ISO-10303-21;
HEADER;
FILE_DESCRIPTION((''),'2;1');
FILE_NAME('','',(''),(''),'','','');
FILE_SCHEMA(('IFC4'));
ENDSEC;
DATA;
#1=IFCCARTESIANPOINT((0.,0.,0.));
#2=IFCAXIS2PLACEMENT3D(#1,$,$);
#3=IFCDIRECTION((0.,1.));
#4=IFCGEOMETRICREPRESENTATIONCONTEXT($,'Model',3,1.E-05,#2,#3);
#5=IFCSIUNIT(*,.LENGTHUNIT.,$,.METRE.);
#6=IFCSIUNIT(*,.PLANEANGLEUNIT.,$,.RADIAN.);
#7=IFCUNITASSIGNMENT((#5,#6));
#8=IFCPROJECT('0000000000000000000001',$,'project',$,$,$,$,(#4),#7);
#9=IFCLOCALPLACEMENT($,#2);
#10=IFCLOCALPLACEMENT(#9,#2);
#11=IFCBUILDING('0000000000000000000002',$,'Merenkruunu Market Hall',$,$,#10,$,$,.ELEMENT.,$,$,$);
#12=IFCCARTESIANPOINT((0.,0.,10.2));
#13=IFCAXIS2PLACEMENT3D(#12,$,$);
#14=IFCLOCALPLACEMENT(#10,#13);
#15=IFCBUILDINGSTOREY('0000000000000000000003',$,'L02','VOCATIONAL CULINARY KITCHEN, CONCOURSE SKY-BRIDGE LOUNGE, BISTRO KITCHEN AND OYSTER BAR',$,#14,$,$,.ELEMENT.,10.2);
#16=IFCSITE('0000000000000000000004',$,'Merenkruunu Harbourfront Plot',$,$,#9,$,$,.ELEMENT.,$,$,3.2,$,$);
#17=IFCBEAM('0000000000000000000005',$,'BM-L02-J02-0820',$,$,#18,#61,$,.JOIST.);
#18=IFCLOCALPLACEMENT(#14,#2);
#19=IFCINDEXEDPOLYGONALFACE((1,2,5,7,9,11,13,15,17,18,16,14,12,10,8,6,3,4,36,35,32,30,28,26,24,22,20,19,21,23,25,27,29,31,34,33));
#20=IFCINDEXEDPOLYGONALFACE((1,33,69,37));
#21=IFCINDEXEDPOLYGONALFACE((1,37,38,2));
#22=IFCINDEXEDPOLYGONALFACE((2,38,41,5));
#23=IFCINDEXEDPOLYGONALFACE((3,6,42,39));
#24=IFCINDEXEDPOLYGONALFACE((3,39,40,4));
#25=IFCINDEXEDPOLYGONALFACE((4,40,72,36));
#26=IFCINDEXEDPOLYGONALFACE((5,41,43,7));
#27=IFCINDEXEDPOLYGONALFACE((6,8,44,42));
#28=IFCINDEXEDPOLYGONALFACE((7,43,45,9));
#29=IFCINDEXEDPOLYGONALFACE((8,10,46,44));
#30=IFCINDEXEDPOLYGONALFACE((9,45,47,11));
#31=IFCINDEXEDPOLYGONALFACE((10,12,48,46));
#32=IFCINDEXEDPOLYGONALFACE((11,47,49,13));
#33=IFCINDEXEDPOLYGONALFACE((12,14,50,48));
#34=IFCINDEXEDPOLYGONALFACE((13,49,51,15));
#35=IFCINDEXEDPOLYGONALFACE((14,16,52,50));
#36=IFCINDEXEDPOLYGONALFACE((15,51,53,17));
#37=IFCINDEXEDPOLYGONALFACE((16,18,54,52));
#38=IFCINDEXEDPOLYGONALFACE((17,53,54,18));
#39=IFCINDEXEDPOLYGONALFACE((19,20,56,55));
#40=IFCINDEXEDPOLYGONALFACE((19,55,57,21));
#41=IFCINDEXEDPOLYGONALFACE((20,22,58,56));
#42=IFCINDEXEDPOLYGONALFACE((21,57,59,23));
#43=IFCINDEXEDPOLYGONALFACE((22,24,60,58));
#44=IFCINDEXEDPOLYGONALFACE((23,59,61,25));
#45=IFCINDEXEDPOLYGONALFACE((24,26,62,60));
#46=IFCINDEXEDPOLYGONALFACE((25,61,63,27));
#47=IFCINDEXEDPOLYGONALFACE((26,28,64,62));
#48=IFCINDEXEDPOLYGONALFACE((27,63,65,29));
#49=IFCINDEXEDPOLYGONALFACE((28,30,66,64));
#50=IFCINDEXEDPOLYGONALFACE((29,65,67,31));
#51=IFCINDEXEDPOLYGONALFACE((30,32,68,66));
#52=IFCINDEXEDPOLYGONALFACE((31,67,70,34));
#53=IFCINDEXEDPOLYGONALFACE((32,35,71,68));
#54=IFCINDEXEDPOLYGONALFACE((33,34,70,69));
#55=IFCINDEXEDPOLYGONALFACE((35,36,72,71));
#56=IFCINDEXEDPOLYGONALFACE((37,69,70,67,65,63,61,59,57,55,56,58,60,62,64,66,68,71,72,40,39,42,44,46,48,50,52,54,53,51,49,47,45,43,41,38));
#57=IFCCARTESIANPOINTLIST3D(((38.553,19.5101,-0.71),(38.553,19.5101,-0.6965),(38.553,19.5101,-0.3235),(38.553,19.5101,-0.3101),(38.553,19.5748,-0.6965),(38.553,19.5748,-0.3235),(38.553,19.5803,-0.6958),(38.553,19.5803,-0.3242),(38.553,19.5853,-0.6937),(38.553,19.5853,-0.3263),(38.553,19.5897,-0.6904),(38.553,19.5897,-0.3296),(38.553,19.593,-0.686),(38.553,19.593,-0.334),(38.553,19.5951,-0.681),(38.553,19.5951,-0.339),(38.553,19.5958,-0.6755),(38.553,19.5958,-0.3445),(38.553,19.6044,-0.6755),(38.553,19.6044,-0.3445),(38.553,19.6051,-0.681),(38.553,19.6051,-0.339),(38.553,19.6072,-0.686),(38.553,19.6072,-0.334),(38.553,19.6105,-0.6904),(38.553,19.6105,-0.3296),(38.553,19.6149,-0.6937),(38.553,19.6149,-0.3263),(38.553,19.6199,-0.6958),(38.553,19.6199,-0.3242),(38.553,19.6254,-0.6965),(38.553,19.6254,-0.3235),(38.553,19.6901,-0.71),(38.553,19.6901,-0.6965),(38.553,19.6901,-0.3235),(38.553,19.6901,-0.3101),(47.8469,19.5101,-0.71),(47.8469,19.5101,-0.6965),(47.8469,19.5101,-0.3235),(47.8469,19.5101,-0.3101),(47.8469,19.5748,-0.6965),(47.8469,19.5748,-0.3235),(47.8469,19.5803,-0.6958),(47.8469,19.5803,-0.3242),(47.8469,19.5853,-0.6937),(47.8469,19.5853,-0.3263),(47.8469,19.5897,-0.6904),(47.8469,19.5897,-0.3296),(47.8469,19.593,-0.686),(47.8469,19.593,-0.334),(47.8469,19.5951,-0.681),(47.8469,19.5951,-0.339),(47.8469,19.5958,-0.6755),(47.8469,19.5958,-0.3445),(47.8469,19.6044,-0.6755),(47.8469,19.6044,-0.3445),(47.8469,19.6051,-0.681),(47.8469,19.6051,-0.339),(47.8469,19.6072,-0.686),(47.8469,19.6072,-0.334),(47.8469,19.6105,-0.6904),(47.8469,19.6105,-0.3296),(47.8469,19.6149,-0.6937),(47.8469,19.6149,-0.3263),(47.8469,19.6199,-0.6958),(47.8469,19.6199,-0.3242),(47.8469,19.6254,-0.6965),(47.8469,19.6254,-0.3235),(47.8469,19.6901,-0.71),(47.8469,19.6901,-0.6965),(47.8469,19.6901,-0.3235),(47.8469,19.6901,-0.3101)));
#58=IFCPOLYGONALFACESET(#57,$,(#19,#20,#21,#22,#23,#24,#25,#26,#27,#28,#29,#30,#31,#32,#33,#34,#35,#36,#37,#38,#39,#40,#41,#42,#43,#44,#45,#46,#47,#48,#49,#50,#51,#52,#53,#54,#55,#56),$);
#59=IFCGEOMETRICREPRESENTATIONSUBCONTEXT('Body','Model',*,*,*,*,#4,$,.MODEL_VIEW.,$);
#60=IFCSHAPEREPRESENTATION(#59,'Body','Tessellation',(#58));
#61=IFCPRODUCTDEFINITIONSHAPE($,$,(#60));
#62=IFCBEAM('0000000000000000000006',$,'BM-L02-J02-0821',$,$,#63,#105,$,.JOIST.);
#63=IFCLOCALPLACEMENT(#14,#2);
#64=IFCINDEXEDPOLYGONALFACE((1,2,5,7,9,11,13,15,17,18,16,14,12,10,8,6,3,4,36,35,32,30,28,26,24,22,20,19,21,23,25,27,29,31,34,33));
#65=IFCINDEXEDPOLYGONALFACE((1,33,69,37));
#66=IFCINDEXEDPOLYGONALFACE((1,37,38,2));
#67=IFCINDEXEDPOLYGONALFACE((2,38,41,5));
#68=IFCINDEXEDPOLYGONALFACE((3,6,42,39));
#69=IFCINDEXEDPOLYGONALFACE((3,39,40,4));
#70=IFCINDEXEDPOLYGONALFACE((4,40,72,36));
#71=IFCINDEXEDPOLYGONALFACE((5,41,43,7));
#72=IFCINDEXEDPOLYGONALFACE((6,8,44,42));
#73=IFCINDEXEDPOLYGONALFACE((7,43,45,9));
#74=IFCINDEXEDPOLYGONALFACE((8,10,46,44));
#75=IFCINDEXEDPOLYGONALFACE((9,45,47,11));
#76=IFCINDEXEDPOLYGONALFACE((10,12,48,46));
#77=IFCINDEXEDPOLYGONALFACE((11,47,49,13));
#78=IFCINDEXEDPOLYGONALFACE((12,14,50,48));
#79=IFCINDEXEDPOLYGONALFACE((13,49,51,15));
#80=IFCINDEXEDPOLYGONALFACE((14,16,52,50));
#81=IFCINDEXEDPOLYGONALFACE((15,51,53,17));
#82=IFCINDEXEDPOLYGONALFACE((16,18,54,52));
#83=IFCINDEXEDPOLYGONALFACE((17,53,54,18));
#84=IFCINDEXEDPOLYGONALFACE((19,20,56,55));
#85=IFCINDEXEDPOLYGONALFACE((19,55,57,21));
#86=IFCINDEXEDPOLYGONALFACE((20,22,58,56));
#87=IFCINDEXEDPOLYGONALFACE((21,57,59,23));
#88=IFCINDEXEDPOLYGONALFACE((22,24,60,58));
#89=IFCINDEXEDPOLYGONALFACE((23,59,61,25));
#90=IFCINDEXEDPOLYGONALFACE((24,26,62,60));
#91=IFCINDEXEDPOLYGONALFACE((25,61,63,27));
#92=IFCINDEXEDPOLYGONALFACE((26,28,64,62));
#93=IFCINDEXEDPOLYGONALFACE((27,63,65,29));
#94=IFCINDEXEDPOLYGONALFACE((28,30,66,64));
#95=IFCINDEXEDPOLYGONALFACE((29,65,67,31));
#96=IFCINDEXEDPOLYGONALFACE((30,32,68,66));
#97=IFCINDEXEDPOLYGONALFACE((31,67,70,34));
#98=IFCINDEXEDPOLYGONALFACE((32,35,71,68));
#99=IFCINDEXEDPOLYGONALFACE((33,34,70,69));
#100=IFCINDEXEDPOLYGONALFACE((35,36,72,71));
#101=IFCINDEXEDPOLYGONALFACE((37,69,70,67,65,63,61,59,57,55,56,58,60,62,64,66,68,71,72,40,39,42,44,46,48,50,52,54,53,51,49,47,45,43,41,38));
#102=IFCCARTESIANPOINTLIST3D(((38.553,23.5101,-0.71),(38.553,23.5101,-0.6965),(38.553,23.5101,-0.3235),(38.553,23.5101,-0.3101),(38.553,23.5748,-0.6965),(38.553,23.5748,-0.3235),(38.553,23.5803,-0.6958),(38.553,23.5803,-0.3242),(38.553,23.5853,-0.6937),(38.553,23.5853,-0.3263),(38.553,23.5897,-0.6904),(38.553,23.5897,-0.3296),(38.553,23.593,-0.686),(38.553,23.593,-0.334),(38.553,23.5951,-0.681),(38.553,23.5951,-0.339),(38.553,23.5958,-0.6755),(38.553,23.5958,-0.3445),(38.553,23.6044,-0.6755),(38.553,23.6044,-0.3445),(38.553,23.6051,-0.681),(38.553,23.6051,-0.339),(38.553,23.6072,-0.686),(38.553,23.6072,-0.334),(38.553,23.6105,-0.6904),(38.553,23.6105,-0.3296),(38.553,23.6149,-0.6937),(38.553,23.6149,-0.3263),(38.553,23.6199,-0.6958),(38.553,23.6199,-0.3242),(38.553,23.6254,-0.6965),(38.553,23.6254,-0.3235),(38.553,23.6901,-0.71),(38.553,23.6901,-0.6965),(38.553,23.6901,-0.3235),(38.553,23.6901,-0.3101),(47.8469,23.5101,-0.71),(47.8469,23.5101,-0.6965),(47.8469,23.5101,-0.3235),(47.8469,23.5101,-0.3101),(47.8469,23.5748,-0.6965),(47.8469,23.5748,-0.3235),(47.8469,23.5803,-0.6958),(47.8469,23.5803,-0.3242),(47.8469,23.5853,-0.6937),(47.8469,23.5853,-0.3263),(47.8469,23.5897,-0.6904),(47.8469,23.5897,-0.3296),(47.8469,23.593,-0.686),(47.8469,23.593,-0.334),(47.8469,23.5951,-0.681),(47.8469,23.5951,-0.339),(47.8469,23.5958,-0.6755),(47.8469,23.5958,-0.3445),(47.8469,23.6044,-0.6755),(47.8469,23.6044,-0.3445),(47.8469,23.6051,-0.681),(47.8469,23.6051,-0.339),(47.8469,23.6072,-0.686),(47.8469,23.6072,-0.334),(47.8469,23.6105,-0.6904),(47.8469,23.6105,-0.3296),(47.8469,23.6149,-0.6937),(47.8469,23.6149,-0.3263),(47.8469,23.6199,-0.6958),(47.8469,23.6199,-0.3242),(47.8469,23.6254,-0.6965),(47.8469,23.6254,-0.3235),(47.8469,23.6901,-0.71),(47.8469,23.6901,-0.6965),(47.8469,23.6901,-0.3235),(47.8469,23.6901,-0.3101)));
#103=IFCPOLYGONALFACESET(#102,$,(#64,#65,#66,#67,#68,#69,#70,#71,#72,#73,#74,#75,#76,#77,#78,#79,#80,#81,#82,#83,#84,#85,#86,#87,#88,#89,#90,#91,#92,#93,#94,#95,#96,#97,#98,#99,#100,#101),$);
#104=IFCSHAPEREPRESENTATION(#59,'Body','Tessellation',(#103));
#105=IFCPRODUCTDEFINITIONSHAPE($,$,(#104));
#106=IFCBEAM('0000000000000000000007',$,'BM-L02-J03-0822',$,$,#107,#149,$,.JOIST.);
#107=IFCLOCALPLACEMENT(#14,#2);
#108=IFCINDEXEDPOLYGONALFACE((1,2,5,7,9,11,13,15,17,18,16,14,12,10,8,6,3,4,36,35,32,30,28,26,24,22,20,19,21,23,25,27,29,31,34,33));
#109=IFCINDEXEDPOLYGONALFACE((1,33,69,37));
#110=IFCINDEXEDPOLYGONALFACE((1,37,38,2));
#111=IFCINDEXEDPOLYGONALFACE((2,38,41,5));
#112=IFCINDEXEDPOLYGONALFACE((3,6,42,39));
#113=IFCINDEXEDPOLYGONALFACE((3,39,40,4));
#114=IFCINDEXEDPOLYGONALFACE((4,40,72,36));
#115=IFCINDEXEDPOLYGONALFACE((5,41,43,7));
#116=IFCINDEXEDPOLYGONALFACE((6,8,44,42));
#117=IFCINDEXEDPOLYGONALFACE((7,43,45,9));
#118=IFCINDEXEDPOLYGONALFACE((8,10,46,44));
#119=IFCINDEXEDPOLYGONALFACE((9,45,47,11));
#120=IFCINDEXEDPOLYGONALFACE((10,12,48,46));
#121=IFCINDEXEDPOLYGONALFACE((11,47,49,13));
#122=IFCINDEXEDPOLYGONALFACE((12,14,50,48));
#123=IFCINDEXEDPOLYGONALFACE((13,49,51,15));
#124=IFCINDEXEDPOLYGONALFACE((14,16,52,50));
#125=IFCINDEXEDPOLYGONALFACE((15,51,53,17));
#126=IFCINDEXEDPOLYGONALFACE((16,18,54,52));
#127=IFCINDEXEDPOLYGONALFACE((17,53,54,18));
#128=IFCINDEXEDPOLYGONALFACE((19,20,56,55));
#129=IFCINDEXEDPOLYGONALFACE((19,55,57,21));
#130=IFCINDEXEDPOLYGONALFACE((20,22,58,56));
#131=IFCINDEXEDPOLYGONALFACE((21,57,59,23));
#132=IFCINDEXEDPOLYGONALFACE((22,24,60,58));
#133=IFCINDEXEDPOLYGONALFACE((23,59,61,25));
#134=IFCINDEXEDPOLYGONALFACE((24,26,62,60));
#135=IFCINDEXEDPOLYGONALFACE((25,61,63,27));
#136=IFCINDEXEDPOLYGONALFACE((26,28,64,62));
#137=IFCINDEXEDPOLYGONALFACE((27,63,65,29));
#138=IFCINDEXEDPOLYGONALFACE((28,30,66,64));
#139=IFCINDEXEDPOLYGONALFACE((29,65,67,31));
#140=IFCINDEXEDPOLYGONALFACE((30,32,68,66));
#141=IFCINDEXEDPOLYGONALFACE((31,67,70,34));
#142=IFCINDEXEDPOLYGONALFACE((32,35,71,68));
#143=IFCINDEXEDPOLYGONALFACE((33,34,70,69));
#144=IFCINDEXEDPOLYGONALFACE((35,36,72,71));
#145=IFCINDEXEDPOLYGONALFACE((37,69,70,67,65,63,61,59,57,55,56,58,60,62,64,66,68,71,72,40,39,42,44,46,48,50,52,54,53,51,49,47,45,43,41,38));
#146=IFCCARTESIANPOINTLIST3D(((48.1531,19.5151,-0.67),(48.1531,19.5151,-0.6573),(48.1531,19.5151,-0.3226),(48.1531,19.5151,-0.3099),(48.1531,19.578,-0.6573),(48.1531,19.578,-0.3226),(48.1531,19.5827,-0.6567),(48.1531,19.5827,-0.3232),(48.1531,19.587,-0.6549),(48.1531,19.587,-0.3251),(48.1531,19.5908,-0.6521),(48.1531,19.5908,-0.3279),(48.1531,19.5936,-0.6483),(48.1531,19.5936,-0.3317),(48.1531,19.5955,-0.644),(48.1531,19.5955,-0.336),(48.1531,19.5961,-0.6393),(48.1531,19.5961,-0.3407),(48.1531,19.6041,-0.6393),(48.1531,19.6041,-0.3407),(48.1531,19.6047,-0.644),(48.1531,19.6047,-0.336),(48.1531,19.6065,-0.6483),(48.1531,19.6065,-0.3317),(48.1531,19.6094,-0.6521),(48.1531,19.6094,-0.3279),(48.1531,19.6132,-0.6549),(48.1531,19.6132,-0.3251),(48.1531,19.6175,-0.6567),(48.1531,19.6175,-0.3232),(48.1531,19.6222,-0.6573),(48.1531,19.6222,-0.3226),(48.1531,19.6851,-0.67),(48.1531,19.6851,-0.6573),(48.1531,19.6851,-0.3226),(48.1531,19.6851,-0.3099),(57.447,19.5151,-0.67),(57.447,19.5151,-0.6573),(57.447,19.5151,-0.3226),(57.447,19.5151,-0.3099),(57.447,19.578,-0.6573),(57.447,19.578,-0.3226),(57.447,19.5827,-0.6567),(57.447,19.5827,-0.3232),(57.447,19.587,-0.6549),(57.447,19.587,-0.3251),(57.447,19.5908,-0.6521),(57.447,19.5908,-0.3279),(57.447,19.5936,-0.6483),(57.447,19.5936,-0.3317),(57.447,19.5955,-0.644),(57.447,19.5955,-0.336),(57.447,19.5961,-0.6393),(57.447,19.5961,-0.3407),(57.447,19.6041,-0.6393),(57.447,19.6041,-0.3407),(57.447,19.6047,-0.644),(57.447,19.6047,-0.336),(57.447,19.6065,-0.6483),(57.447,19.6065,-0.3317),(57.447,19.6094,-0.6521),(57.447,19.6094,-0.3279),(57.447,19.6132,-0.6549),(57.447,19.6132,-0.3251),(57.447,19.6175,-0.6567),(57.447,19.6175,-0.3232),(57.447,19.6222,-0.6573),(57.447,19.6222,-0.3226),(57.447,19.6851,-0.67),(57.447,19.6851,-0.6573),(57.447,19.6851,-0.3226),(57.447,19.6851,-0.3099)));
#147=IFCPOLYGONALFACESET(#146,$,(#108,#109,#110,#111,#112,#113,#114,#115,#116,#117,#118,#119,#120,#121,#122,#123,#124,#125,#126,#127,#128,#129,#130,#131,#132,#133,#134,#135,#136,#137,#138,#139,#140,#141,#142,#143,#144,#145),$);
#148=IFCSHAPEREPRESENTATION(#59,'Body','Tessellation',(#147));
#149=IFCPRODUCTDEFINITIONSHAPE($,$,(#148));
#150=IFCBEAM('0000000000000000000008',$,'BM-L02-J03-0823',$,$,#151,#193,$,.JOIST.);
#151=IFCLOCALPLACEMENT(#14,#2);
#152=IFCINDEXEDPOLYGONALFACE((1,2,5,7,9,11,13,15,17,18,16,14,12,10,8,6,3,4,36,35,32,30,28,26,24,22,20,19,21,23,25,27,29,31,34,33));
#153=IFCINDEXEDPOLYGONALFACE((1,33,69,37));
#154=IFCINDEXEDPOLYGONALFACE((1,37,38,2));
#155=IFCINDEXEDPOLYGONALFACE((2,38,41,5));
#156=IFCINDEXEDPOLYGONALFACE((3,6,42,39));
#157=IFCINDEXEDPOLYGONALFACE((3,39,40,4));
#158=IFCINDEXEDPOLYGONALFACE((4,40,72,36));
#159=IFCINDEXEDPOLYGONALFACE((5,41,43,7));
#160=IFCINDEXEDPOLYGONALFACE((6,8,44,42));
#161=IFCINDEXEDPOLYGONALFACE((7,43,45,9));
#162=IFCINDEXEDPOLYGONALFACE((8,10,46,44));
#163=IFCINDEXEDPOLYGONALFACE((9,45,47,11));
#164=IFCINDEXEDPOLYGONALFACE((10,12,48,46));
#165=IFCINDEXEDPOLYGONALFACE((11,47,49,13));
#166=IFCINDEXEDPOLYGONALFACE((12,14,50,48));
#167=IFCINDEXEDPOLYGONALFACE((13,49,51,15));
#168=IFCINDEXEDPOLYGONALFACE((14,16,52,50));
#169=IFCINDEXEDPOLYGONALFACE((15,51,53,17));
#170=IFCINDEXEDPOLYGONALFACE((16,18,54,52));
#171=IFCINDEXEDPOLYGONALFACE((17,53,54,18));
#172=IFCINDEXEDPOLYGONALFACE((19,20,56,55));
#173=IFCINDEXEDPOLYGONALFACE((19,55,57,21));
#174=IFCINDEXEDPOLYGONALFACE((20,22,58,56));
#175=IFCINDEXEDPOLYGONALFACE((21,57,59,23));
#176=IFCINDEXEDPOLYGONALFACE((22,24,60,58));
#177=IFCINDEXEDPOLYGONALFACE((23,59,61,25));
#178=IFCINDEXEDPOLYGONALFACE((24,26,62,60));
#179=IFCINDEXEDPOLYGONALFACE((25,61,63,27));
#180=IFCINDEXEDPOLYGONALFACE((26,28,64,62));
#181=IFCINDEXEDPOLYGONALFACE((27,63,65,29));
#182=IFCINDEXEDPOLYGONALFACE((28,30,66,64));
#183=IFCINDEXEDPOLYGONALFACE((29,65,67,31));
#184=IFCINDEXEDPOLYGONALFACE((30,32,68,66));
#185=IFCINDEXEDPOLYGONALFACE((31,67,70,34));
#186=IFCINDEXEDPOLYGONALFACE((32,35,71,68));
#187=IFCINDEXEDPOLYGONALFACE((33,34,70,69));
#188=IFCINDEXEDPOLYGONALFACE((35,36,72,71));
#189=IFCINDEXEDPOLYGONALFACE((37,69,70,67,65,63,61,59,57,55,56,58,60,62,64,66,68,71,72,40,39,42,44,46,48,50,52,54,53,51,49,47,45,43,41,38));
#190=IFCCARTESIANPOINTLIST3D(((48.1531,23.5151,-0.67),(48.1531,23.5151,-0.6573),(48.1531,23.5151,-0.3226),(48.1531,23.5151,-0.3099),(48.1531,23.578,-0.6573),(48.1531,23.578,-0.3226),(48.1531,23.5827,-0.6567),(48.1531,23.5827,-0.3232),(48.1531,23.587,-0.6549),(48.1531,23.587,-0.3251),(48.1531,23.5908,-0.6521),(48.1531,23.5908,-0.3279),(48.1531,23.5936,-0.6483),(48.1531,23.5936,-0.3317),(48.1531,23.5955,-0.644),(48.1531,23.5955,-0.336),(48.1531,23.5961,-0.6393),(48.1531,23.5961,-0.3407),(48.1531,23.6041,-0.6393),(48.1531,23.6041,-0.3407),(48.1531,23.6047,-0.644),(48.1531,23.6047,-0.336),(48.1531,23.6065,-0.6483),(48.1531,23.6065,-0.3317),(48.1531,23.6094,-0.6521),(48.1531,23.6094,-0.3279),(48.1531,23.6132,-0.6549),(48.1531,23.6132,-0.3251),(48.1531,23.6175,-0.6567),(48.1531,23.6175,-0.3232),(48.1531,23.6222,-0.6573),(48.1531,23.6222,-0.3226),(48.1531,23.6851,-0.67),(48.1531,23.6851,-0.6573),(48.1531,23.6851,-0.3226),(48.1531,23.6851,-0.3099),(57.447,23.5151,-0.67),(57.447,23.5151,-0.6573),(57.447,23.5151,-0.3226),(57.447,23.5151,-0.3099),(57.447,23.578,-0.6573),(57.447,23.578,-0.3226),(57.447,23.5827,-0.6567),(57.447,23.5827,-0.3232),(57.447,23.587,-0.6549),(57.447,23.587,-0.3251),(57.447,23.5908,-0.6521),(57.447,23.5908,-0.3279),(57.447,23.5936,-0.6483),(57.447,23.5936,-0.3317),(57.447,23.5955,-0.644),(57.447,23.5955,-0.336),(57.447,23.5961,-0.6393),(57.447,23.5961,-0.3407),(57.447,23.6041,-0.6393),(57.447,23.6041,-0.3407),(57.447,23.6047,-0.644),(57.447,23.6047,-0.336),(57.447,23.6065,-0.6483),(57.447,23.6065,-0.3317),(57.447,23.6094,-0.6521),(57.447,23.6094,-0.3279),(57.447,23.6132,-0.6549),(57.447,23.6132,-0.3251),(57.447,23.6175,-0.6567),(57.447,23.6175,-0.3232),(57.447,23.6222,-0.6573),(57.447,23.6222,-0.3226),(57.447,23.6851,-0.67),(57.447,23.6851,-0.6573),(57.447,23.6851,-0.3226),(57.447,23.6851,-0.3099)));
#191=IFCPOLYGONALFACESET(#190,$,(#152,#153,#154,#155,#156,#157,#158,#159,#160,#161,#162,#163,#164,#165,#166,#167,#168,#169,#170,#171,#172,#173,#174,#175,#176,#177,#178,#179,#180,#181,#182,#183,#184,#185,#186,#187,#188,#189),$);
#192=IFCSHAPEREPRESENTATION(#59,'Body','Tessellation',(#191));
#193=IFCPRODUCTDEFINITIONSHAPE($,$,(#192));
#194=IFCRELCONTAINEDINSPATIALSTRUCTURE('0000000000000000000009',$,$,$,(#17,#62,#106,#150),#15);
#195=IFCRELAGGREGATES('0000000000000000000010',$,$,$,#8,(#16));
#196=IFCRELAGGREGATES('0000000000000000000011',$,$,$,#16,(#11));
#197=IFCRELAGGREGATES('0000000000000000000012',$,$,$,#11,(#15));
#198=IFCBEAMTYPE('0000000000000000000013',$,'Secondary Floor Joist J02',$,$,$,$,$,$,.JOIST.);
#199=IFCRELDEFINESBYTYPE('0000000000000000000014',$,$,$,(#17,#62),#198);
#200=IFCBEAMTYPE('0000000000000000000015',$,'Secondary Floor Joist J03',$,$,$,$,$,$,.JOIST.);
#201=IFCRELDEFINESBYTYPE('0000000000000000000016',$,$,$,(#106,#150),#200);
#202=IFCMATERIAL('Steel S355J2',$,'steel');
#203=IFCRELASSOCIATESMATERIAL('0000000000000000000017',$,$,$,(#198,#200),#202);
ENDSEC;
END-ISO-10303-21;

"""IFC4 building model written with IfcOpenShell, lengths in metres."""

from ifc_helpers import new_model, si_unit, direction, frame, origin, origin_2d, place, context, subcontext, project, spatial, i_section, extrude, material, material_profile, profile_set, type_object, element, save


model = new_model("IFC4")

# Units and contexts
model_context = context("Model", 3, precision=1e-05, world=origin(), true_north=direction((0.0, 1.0)))
body_context = subcontext(model_context, "Body", "Model", "MODEL_VIEW")
ifc_project = project(units=[si_unit("LENGTHUNIT", "METRE"), si_unit("PLANEANGLEUNIT", "RADIAN")], contexts=[model_context])

# Site, building, storey
site_placement = place(None, origin())
site = spatial("IfcSite", under=ifc_project, at=site_placement, Name="Merenkruunu Harbourfront Plot", CompositionType="ELEMENT", RefElevation=3.2)
building_placement = place(site_placement, origin())
building = spatial("IfcBuilding", under=site, at=building_placement, Name="Merenkruunu Market Hall", CompositionType="ELEMENT")
storey_placement = place(building_placement, frame((0.0, 0.0, 10.2)))
storey = spatial("IfcBuildingStorey", under=building, at=storey_placement, Name="L02", Description="VOCATIONAL CULINARY KITCHEN, CONCOURSE SKY-BRIDGE LOUNGE, BISTRO KITCHEN AND OYSTER BAR", CompositionType="ELEMENT", Elevation=10.2)

# Shared definitions
ifc_material_1 = material(Name="Steel S355J2", Category="steel")

# Beams
ifc_material_profile_1 = material_profile(ifc_material_1, i_section(OverallWidth=0.1799, OverallDepth=0.3999, WebThickness=0.0085, FlangeThickness=0.0134, FilletRadius=0.021, at=origin_2d()), Name="IPE 400")
ifc_profile_set_1 = profile_set([ifc_material_profile_1], Name="Steel S355J2")
beam_type_1 = type_object("IfcBeamType", Name="Secondary Floor Joist J02", PredefinedType="JOIST", material=ifc_profile_set_1)
for number, where, z_axis, x_axis, name in (
    (1, (38.553, 19.6001, -0.51), (1.0, 0.0, 0.0), (0.0, 1.0, 0.0), "BM-L02-J02-0820"),
    (2, (38.553, 23.6001, -0.51), (1.0, 0.0, 0.0), (0.0, 1.0, 0.0), "BM-L02-J02-0821"),
):
    element("IfcBeam", number, at=place(storey_placement, frame(where, z_axis=z_axis, x_axis=x_axis)), inside=storey, type_object=beam_type_1, Name=name, PredefinedType="JOIST", context=body_context, shape_type="SweptSolid", body=[
        extrude(i_section(OverallWidth=0.1799, OverallDepth=0.3999, WebThickness=0.0085, FlangeThickness=0.0134, FilletRadius=0.021, at=origin_2d()), origin(), (0.0, 0.0, 1.0), 9.2939),
    ])
ifc_material_profile_2 = material_profile(ifc_material_1, i_section(OverallWidth=0.1699, OverallDepth=0.3601, WebThickness=0.0081, FlangeThickness=0.0127, FilletRadius=0.0181, at=origin_2d()), Name="IPE 360")
ifc_profile_set_2 = profile_set([ifc_material_profile_2], Name="Steel S355J2")
beam_type_2 = type_object("IfcBeamType", Name="Secondary Floor Joist J03", PredefinedType="JOIST", material=ifc_profile_set_2)
for number, where, z_axis, x_axis, name in (
    (3, (48.1531, 19.6001, -0.49), (1.0, 0.0, 0.0), (0.0, 1.0, 0.0), "BM-L02-J03-0822"),
    (4, (48.1531, 23.6001, -0.49), (1.0, 0.0, 0.0), (0.0, 1.0, 0.0), "BM-L02-J03-0823"),
):
    element("IfcBeam", number, at=place(storey_placement, frame(where, z_axis=z_axis, x_axis=x_axis)), inside=storey, type_object=beam_type_2, Name=name, PredefinedType="JOIST", context=body_context, shape_type="SweptSolid", body=[
        extrude(i_section(OverallWidth=0.1699, OverallDepth=0.3601, WebThickness=0.0081, FlangeThickness=0.0127, FilletRadius=0.0181, at=origin_2d()), origin(), (0.0, 0.0, 1.0), 9.2939),
    ])

save(model, "model.ifc")
